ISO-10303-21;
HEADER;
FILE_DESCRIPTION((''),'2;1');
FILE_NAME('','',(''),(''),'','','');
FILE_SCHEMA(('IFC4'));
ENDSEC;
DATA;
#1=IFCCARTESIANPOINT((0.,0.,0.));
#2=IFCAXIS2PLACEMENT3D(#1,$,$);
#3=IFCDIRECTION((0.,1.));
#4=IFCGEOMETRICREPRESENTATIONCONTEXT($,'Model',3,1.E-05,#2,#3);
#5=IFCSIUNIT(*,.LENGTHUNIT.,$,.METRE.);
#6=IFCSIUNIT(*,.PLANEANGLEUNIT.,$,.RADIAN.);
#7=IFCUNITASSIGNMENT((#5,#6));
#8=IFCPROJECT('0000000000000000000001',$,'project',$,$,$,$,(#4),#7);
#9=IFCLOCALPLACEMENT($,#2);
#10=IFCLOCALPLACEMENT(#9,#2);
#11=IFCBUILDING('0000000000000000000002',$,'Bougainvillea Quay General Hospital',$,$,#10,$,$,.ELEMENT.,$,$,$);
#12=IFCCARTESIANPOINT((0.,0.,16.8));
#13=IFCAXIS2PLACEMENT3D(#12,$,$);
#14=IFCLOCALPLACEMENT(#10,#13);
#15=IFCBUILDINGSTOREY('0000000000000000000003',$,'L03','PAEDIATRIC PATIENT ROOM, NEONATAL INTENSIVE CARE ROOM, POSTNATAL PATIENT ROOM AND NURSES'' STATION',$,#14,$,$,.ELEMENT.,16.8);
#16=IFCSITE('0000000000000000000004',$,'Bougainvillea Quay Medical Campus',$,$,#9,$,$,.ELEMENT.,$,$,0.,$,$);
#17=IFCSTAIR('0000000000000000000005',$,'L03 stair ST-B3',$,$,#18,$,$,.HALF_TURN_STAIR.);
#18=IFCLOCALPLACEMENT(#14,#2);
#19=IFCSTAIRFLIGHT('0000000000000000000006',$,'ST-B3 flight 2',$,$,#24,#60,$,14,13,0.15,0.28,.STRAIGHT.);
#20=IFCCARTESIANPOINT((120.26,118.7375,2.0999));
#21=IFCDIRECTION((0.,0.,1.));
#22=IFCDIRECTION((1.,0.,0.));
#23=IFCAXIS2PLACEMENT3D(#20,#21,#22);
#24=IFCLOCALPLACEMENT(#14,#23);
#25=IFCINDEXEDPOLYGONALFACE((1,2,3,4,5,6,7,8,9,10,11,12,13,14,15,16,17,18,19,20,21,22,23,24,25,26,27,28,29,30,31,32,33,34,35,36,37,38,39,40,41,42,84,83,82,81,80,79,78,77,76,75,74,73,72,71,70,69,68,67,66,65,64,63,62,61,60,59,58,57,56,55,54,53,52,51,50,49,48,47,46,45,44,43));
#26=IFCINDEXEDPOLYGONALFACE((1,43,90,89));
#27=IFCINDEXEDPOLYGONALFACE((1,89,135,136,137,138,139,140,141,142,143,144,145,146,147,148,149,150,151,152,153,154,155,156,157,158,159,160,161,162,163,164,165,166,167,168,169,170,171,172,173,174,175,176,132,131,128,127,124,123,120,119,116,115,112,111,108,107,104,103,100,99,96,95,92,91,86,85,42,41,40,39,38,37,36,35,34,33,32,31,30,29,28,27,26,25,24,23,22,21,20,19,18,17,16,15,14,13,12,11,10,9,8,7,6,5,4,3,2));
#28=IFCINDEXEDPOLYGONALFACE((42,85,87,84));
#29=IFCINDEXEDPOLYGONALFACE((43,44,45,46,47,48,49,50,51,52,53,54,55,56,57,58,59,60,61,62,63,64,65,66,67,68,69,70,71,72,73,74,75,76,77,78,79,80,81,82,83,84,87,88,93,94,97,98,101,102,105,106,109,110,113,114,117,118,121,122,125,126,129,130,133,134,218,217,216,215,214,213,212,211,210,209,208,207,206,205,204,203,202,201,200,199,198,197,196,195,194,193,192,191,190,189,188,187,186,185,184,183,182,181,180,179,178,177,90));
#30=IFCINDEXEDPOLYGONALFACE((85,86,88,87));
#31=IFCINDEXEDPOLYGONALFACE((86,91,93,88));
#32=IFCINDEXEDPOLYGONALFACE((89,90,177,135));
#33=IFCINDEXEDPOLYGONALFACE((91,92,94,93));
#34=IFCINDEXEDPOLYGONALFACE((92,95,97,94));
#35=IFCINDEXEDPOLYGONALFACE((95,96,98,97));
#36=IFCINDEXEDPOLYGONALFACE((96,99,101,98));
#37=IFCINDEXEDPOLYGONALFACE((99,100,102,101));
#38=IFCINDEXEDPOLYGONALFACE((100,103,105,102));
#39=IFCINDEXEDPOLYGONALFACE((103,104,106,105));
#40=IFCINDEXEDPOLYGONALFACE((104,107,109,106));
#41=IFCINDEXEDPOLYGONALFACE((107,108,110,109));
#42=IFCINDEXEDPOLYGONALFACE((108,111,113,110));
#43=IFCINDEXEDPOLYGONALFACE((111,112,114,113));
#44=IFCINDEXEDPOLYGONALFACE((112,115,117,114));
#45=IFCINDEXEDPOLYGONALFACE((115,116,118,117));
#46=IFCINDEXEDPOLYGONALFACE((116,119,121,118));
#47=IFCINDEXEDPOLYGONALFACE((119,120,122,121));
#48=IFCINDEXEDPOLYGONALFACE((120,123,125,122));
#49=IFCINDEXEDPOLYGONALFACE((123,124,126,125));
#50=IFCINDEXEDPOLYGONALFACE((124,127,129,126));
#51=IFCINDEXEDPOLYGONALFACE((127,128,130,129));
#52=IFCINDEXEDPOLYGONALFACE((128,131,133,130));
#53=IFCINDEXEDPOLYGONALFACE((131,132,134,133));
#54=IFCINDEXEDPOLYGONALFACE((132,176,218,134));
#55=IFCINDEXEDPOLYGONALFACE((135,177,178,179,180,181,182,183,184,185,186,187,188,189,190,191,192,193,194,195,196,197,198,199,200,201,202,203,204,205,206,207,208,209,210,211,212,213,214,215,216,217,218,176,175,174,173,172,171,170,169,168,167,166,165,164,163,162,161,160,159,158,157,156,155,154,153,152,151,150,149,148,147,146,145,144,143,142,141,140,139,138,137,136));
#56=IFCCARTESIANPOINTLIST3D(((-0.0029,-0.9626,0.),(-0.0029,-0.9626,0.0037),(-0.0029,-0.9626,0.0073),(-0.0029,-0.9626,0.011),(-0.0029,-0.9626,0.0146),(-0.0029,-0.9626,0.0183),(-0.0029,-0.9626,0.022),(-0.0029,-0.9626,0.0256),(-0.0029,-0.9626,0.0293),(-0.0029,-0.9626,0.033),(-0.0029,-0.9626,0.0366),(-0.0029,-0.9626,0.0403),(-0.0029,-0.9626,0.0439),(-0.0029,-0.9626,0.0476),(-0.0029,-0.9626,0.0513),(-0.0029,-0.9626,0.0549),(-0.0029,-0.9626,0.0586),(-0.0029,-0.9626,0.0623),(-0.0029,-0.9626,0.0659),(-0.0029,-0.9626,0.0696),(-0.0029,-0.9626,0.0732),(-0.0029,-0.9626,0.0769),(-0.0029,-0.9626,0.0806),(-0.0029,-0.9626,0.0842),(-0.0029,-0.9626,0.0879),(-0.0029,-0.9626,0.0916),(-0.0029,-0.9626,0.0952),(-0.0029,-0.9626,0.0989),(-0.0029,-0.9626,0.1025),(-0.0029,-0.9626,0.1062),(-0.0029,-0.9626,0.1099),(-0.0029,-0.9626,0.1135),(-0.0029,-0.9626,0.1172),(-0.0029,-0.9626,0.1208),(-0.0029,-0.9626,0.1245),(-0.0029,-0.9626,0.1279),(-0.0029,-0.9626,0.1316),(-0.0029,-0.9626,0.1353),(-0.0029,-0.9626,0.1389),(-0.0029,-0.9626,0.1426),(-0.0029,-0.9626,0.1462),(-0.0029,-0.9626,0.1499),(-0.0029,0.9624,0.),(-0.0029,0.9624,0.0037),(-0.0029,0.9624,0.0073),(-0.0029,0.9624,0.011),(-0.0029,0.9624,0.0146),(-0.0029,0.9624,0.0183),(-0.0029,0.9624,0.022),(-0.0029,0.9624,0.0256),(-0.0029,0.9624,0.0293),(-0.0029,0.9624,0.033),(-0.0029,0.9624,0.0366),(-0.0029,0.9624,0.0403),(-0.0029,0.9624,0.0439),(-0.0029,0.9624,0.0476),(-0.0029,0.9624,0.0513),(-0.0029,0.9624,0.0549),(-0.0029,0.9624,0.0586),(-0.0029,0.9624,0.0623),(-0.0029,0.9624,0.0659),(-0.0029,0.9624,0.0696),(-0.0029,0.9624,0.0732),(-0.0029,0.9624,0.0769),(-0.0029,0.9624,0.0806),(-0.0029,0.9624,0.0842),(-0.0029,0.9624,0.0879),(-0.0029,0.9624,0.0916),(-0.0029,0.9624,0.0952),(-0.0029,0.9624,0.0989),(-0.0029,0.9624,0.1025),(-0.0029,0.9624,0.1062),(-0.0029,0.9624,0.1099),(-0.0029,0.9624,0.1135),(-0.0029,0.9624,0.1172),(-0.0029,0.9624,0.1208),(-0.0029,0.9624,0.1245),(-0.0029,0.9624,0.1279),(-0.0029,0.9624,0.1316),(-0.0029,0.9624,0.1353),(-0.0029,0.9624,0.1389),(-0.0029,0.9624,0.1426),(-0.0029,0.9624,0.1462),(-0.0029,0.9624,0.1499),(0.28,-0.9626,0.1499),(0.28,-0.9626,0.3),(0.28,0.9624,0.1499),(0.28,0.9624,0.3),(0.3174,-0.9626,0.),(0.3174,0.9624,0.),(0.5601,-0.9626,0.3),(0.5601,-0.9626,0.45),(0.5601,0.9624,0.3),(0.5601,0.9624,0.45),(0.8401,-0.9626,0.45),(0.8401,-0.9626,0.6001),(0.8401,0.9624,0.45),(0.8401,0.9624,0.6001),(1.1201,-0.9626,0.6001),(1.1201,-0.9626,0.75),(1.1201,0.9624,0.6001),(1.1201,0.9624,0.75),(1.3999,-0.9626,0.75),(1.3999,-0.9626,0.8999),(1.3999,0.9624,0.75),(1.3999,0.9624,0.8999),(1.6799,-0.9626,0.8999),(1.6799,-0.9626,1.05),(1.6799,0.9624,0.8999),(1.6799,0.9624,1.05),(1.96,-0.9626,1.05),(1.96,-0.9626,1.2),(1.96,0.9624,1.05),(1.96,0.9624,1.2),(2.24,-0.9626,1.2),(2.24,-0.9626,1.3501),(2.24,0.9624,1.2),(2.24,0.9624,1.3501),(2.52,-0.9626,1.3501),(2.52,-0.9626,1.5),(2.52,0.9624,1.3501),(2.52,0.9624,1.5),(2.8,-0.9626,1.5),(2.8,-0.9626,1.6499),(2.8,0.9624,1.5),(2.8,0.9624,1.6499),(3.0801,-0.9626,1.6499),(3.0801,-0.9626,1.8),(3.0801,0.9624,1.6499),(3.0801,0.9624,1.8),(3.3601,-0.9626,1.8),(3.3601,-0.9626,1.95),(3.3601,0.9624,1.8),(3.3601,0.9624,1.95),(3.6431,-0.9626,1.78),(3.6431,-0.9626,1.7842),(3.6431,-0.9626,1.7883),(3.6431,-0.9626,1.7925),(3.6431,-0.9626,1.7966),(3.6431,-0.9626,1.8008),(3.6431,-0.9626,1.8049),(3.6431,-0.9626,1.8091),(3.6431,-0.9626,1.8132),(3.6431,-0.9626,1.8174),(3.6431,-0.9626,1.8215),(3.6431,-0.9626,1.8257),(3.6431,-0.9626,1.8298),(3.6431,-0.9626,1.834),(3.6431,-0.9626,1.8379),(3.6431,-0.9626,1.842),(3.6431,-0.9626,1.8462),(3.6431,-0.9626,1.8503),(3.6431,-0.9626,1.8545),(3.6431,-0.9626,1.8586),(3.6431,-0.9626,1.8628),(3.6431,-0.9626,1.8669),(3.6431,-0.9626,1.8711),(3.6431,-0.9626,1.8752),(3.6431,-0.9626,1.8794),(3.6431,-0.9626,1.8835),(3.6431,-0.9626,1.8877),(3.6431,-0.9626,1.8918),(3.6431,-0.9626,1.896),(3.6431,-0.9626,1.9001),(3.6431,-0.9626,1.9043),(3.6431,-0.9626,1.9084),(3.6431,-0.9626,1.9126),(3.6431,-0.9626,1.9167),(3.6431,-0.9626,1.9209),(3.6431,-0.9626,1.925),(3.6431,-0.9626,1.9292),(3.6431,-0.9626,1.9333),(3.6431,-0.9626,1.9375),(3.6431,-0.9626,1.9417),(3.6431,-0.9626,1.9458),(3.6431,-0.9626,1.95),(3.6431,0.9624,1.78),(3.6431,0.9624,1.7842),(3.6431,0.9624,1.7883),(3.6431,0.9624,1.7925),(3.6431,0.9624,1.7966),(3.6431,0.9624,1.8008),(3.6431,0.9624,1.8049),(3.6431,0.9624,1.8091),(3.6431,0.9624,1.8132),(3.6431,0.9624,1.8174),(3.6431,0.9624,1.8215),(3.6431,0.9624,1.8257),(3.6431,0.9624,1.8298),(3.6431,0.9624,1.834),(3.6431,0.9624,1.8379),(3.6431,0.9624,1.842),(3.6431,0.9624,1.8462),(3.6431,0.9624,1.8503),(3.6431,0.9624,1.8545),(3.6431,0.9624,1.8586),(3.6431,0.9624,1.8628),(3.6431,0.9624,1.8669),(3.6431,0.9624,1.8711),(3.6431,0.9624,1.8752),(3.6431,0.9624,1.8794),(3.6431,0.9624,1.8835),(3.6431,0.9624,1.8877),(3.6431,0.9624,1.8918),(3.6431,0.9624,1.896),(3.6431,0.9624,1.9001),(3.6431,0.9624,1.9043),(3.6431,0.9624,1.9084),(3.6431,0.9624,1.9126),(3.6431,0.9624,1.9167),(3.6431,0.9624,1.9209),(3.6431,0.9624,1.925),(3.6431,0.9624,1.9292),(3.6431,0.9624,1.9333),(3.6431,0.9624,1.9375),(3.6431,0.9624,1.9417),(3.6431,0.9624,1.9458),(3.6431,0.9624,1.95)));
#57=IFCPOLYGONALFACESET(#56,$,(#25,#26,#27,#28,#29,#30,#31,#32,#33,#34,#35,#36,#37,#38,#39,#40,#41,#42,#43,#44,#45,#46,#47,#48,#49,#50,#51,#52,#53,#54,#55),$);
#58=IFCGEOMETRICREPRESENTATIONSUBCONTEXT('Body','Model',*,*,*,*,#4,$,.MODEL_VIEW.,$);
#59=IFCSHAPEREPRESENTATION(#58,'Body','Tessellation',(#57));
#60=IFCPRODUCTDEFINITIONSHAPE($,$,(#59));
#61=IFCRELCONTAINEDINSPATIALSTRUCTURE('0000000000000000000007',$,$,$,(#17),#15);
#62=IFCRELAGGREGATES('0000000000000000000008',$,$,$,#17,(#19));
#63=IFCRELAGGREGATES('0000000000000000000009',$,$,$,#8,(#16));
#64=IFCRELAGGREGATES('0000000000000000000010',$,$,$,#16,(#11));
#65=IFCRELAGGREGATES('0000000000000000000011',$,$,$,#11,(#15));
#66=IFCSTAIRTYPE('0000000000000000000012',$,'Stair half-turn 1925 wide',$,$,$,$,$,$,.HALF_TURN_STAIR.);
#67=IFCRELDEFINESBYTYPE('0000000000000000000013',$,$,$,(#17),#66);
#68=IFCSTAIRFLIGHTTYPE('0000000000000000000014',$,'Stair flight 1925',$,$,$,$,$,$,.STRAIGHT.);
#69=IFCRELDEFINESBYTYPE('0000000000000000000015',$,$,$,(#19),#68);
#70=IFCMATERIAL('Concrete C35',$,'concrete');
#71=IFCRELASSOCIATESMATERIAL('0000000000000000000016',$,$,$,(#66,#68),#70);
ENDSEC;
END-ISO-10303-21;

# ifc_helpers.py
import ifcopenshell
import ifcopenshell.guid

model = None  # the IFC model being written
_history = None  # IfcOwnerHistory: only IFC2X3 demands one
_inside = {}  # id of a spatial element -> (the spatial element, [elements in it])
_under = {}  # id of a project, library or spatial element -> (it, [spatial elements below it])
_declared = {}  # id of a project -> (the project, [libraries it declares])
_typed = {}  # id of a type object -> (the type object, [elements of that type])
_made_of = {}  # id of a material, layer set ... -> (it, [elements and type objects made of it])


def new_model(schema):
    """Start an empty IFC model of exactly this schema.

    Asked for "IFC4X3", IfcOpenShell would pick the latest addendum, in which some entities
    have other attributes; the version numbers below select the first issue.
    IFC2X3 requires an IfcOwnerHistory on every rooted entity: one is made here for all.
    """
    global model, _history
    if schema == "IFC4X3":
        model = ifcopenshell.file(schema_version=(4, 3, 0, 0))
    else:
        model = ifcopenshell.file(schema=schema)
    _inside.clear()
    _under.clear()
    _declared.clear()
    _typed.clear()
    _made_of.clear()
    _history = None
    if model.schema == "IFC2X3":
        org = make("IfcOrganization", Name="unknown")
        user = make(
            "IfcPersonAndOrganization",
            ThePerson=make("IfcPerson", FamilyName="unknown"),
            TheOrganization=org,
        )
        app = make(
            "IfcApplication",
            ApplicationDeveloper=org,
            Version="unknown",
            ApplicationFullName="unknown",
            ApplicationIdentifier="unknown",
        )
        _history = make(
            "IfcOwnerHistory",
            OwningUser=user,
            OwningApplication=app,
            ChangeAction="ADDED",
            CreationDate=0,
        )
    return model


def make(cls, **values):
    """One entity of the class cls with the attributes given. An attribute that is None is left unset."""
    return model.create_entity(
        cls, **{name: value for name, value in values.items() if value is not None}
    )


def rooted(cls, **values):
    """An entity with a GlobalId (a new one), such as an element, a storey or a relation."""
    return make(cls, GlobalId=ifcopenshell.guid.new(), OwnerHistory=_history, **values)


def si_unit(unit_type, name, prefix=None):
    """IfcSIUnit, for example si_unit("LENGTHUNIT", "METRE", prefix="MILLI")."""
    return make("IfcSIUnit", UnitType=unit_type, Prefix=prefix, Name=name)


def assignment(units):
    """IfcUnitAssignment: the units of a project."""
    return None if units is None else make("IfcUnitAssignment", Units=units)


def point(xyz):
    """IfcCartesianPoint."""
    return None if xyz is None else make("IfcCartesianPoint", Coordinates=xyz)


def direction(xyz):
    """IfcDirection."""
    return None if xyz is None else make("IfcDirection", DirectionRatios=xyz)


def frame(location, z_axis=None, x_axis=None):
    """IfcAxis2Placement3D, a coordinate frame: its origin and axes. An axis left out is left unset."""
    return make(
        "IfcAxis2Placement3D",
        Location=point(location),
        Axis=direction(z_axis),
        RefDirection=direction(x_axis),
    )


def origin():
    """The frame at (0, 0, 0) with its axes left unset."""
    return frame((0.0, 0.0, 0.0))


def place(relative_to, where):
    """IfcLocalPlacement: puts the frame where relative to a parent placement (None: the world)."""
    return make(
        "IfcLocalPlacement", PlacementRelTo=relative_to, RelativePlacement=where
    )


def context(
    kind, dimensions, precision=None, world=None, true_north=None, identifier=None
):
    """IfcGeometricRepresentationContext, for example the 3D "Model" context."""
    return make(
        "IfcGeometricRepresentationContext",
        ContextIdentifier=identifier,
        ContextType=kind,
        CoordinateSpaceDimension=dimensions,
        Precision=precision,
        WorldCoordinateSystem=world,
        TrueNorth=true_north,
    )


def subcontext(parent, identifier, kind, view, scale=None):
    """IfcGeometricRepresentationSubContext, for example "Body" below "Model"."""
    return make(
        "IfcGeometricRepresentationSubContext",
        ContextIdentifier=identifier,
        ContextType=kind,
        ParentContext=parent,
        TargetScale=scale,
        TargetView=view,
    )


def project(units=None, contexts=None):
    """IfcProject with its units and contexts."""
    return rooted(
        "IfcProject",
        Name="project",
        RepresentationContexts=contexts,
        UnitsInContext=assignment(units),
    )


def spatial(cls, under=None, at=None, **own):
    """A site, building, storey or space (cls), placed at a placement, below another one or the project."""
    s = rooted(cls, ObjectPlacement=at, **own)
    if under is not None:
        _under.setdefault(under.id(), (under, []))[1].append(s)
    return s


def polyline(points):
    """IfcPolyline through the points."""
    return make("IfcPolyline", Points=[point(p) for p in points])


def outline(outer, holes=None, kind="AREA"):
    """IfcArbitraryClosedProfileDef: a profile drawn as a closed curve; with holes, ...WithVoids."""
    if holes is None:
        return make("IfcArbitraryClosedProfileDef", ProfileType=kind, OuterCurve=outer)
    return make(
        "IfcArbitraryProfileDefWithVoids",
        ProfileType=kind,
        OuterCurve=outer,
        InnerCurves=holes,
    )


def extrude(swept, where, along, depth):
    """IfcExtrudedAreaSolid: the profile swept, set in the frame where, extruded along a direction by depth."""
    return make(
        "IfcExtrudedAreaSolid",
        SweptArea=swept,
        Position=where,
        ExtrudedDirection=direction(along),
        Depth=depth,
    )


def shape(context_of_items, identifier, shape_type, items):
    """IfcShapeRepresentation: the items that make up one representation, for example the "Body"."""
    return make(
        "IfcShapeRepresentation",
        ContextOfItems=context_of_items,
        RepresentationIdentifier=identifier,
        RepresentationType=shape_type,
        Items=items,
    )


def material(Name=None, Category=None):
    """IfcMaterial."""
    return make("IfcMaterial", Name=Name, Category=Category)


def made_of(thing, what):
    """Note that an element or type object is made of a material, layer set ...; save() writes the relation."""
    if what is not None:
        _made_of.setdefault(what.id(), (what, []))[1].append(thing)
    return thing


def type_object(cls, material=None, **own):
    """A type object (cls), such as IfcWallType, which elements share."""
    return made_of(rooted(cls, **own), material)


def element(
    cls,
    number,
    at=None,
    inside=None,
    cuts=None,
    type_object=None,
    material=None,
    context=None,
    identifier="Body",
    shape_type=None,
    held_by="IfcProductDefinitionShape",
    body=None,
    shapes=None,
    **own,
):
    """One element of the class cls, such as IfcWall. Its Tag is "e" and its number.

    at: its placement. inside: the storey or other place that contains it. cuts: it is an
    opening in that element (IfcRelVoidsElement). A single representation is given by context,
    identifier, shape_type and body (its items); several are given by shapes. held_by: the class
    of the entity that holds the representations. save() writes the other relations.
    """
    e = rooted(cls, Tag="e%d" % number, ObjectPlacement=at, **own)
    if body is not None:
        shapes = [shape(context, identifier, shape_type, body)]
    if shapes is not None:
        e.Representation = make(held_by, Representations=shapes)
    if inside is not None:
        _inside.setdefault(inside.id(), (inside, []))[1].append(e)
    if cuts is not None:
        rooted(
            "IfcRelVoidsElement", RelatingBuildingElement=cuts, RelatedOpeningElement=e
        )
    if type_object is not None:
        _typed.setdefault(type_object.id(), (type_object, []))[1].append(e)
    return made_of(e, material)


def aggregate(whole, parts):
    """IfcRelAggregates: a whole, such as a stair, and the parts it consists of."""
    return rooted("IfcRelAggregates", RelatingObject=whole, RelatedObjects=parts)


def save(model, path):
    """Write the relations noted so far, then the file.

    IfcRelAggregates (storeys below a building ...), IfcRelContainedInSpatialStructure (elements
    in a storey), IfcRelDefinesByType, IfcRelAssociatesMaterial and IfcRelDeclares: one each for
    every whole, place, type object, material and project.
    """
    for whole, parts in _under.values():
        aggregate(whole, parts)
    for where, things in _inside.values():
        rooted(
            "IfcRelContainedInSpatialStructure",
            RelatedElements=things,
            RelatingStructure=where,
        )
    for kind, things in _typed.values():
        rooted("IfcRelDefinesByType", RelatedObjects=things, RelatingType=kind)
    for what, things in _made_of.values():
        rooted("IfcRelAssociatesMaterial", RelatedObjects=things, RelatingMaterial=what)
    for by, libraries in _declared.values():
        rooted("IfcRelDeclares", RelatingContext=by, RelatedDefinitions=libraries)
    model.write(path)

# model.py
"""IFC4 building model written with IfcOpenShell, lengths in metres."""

from ifc_helpers import new_model, si_unit, direction, frame, origin, place, context, subcontext, project, spatial, polyline, outline, extrude, material, type_object, element, aggregate, save


model = new_model("IFC4")

# Units and contexts
model_context = context("Model", 3, precision=1e-05, world=origin(), true_north=direction((0.0, 1.0)))
body_context = subcontext(model_context, "Body", "Model", "MODEL_VIEW")
ifc_project = project(units=[si_unit("LENGTHUNIT", "METRE"), si_unit("PLANEANGLEUNIT", "RADIAN")], contexts=[model_context])

# Site, building, storey
site_placement = place(None, origin())
site = spatial("IfcSite", under=ifc_project, at=site_placement, Name="Bougainvillea Quay Medical Campus", CompositionType="ELEMENT", RefElevation=0.0)
building_placement = place(site_placement, origin())
building = spatial("IfcBuilding", under=site, at=building_placement, Name="Bougainvillea Quay General Hospital", CompositionType="ELEMENT")
storey_placement = place(building_placement, frame((0.0, 0.0, 16.8)))
storey = spatial("IfcBuildingStorey", under=building, at=storey_placement, Name="L03", Description="PAEDIATRIC PATIENT ROOM, NEONATAL INTENSIVE CARE ROOM, POSTNATAL PATIENT ROOM AND NURSES' STATION", CompositionType="ELEMENT", Elevation=16.8)

# Stair, stair flight
ifc_material_1 = material(Name="Concrete C35", Category="concrete")
stair_type = type_object("IfcStairType", Name="Stair half-turn 1925 wide", PredefinedType="HALF_TURN_STAIR", material=ifc_material_1)
stair_placement = place(storey_placement, origin())
stair = element("IfcStair", 1, at=stair_placement, inside=storey, type_object=stair_type, Name="L03 stair ST-B3", PredefinedType="HALF_TURN_STAIR")
stair_flight_type = type_object("IfcStairFlightType", Name="Stair flight 1925", PredefinedType="STRAIGHT", material=ifc_material_1)
stair_flight_1_placement = place(storey_placement, frame((120.26, 118.7375, 2.0999), z_axis=(0.0, 0.0, 1.0), x_axis=(1.0, 0.0, 0.0)))
stair_flight_1 = element("IfcStairFlight", 2, at=stair_flight_1_placement, type_object=stair_flight_type, Name="ST-B3 flight 2", NumberOfRisers=14, NumberOfTreads=13, PredefinedType="STRAIGHT", RiserHeight=0.15, TreadLength=0.28, context=body_context, shape_type="SweptSolid", body=[
    extrude(outline(polyline([(-0.0029, 0.0), (-0.0029, 0.0037), (-0.0029, 0.0073), (-0.0029, 0.011), (-0.0029, 0.0146), (-0.0029, 0.0183), (-0.0029, 0.022), (-0.0029, 0.0256), (-0.0029, 0.0293), (-0.0029, 0.033), (-0.0029, 0.0366), (-0.0029, 0.0403), (-0.0029, 0.0439), (-0.0029, 0.0476), (-0.0029, 0.0513), (-0.0029, 0.0549), (-0.0029, 0.0586), (-0.0029, 0.0623), (-0.0029, 0.0659), (-0.0029, 0.0696), (-0.0029, 0.0732), (-0.0029, 0.0769), (-0.0029, 0.0806), (-0.0029, 0.0842), (-0.0029, 0.0879), (-0.0029, 0.0916), (-0.0029, 0.0952), (-0.0029, 0.0989), (-0.0029, 0.1025), (-0.0029, 0.1062), (-0.0029, 0.1099), (-0.0029, 0.1135), (-0.0029, 0.1172), (-0.0029, 0.1208), (-0.0029, 0.1245), (-0.0029, 0.1279), (-0.0029, 0.1316), (-0.0029, 0.1353), (-0.0029, 0.1389), (-0.0029, 0.1426), (-0.0029, 0.1462), (-0.0029, 0.1499), (0.28, 0.1499), (0.28, 0.3), (0.5601, 0.3), (0.5601, 0.45), (0.8401, 0.45), (0.8401, 0.6001), (1.1201, 0.6001), (1.1201, 0.75), (1.3999, 0.75), (1.3999, 0.8999), (1.6799, 0.8999), (1.6799, 1.05), (1.96, 1.05), (1.96, 1.2), (2.24, 1.2), (2.24, 1.3501), (2.52, 1.3501), (2.52, 1.5), (2.8, 1.5), (2.8, 1.6499), (3.0801, 1.6499), (3.0801, 1.8), (3.3601, 1.8), (3.3601, 1.95), (3.6431, 1.95), (3.6431, 1.9458), (3.6431, 1.9417), (3.6431, 1.9375), (3.6431, 1.9333), (3.6431, 1.9292), (3.6431, 1.925), (3.6431, 1.9209), (3.6431, 1.9167), (3.6431, 1.9126), (3.6431, 1.9084), (3.6431, 1.9043), (3.6431, 1.9001), (3.6431, 1.896), (3.6431, 1.8918), (3.6431, 1.8877), (3.6431, 1.8835), (3.6431, 1.8794), (3.6431, 1.8752), (3.6431, 1.8711), (3.6431, 1.8669), (3.6431, 1.8628), (3.6431, 1.8586), (3.6431, 1.8545), (3.6431, 1.8503), (3.6431, 1.8462), (3.6431, 1.842), (3.6431, 1.8379), (3.6431, 1.834), (3.6431, 1.8298), (3.6431, 1.8257), (3.6431, 1.8215), (3.6431, 1.8174), (3.6431, 1.8132), (3.6431, 1.8091), (3.6431, 1.8049), (3.6431, 1.8008), (3.6431, 1.7966), (3.6431, 1.7925), (3.6431, 1.7883), (3.6431, 1.7842), (3.6431, 1.78), (0.3174, 0.0), (-0.0029, 0.0)])), frame((0.0, 0.9624, 0.0), z_axis=(0.0, -1.0, 0.0), x_axis=(1.0, 0.0, 0.0)), (0.0, 0.0, 1.0), 1.925),
])
aggregate(stair, [stair_flight_1])

save(model, "model.ifc")
